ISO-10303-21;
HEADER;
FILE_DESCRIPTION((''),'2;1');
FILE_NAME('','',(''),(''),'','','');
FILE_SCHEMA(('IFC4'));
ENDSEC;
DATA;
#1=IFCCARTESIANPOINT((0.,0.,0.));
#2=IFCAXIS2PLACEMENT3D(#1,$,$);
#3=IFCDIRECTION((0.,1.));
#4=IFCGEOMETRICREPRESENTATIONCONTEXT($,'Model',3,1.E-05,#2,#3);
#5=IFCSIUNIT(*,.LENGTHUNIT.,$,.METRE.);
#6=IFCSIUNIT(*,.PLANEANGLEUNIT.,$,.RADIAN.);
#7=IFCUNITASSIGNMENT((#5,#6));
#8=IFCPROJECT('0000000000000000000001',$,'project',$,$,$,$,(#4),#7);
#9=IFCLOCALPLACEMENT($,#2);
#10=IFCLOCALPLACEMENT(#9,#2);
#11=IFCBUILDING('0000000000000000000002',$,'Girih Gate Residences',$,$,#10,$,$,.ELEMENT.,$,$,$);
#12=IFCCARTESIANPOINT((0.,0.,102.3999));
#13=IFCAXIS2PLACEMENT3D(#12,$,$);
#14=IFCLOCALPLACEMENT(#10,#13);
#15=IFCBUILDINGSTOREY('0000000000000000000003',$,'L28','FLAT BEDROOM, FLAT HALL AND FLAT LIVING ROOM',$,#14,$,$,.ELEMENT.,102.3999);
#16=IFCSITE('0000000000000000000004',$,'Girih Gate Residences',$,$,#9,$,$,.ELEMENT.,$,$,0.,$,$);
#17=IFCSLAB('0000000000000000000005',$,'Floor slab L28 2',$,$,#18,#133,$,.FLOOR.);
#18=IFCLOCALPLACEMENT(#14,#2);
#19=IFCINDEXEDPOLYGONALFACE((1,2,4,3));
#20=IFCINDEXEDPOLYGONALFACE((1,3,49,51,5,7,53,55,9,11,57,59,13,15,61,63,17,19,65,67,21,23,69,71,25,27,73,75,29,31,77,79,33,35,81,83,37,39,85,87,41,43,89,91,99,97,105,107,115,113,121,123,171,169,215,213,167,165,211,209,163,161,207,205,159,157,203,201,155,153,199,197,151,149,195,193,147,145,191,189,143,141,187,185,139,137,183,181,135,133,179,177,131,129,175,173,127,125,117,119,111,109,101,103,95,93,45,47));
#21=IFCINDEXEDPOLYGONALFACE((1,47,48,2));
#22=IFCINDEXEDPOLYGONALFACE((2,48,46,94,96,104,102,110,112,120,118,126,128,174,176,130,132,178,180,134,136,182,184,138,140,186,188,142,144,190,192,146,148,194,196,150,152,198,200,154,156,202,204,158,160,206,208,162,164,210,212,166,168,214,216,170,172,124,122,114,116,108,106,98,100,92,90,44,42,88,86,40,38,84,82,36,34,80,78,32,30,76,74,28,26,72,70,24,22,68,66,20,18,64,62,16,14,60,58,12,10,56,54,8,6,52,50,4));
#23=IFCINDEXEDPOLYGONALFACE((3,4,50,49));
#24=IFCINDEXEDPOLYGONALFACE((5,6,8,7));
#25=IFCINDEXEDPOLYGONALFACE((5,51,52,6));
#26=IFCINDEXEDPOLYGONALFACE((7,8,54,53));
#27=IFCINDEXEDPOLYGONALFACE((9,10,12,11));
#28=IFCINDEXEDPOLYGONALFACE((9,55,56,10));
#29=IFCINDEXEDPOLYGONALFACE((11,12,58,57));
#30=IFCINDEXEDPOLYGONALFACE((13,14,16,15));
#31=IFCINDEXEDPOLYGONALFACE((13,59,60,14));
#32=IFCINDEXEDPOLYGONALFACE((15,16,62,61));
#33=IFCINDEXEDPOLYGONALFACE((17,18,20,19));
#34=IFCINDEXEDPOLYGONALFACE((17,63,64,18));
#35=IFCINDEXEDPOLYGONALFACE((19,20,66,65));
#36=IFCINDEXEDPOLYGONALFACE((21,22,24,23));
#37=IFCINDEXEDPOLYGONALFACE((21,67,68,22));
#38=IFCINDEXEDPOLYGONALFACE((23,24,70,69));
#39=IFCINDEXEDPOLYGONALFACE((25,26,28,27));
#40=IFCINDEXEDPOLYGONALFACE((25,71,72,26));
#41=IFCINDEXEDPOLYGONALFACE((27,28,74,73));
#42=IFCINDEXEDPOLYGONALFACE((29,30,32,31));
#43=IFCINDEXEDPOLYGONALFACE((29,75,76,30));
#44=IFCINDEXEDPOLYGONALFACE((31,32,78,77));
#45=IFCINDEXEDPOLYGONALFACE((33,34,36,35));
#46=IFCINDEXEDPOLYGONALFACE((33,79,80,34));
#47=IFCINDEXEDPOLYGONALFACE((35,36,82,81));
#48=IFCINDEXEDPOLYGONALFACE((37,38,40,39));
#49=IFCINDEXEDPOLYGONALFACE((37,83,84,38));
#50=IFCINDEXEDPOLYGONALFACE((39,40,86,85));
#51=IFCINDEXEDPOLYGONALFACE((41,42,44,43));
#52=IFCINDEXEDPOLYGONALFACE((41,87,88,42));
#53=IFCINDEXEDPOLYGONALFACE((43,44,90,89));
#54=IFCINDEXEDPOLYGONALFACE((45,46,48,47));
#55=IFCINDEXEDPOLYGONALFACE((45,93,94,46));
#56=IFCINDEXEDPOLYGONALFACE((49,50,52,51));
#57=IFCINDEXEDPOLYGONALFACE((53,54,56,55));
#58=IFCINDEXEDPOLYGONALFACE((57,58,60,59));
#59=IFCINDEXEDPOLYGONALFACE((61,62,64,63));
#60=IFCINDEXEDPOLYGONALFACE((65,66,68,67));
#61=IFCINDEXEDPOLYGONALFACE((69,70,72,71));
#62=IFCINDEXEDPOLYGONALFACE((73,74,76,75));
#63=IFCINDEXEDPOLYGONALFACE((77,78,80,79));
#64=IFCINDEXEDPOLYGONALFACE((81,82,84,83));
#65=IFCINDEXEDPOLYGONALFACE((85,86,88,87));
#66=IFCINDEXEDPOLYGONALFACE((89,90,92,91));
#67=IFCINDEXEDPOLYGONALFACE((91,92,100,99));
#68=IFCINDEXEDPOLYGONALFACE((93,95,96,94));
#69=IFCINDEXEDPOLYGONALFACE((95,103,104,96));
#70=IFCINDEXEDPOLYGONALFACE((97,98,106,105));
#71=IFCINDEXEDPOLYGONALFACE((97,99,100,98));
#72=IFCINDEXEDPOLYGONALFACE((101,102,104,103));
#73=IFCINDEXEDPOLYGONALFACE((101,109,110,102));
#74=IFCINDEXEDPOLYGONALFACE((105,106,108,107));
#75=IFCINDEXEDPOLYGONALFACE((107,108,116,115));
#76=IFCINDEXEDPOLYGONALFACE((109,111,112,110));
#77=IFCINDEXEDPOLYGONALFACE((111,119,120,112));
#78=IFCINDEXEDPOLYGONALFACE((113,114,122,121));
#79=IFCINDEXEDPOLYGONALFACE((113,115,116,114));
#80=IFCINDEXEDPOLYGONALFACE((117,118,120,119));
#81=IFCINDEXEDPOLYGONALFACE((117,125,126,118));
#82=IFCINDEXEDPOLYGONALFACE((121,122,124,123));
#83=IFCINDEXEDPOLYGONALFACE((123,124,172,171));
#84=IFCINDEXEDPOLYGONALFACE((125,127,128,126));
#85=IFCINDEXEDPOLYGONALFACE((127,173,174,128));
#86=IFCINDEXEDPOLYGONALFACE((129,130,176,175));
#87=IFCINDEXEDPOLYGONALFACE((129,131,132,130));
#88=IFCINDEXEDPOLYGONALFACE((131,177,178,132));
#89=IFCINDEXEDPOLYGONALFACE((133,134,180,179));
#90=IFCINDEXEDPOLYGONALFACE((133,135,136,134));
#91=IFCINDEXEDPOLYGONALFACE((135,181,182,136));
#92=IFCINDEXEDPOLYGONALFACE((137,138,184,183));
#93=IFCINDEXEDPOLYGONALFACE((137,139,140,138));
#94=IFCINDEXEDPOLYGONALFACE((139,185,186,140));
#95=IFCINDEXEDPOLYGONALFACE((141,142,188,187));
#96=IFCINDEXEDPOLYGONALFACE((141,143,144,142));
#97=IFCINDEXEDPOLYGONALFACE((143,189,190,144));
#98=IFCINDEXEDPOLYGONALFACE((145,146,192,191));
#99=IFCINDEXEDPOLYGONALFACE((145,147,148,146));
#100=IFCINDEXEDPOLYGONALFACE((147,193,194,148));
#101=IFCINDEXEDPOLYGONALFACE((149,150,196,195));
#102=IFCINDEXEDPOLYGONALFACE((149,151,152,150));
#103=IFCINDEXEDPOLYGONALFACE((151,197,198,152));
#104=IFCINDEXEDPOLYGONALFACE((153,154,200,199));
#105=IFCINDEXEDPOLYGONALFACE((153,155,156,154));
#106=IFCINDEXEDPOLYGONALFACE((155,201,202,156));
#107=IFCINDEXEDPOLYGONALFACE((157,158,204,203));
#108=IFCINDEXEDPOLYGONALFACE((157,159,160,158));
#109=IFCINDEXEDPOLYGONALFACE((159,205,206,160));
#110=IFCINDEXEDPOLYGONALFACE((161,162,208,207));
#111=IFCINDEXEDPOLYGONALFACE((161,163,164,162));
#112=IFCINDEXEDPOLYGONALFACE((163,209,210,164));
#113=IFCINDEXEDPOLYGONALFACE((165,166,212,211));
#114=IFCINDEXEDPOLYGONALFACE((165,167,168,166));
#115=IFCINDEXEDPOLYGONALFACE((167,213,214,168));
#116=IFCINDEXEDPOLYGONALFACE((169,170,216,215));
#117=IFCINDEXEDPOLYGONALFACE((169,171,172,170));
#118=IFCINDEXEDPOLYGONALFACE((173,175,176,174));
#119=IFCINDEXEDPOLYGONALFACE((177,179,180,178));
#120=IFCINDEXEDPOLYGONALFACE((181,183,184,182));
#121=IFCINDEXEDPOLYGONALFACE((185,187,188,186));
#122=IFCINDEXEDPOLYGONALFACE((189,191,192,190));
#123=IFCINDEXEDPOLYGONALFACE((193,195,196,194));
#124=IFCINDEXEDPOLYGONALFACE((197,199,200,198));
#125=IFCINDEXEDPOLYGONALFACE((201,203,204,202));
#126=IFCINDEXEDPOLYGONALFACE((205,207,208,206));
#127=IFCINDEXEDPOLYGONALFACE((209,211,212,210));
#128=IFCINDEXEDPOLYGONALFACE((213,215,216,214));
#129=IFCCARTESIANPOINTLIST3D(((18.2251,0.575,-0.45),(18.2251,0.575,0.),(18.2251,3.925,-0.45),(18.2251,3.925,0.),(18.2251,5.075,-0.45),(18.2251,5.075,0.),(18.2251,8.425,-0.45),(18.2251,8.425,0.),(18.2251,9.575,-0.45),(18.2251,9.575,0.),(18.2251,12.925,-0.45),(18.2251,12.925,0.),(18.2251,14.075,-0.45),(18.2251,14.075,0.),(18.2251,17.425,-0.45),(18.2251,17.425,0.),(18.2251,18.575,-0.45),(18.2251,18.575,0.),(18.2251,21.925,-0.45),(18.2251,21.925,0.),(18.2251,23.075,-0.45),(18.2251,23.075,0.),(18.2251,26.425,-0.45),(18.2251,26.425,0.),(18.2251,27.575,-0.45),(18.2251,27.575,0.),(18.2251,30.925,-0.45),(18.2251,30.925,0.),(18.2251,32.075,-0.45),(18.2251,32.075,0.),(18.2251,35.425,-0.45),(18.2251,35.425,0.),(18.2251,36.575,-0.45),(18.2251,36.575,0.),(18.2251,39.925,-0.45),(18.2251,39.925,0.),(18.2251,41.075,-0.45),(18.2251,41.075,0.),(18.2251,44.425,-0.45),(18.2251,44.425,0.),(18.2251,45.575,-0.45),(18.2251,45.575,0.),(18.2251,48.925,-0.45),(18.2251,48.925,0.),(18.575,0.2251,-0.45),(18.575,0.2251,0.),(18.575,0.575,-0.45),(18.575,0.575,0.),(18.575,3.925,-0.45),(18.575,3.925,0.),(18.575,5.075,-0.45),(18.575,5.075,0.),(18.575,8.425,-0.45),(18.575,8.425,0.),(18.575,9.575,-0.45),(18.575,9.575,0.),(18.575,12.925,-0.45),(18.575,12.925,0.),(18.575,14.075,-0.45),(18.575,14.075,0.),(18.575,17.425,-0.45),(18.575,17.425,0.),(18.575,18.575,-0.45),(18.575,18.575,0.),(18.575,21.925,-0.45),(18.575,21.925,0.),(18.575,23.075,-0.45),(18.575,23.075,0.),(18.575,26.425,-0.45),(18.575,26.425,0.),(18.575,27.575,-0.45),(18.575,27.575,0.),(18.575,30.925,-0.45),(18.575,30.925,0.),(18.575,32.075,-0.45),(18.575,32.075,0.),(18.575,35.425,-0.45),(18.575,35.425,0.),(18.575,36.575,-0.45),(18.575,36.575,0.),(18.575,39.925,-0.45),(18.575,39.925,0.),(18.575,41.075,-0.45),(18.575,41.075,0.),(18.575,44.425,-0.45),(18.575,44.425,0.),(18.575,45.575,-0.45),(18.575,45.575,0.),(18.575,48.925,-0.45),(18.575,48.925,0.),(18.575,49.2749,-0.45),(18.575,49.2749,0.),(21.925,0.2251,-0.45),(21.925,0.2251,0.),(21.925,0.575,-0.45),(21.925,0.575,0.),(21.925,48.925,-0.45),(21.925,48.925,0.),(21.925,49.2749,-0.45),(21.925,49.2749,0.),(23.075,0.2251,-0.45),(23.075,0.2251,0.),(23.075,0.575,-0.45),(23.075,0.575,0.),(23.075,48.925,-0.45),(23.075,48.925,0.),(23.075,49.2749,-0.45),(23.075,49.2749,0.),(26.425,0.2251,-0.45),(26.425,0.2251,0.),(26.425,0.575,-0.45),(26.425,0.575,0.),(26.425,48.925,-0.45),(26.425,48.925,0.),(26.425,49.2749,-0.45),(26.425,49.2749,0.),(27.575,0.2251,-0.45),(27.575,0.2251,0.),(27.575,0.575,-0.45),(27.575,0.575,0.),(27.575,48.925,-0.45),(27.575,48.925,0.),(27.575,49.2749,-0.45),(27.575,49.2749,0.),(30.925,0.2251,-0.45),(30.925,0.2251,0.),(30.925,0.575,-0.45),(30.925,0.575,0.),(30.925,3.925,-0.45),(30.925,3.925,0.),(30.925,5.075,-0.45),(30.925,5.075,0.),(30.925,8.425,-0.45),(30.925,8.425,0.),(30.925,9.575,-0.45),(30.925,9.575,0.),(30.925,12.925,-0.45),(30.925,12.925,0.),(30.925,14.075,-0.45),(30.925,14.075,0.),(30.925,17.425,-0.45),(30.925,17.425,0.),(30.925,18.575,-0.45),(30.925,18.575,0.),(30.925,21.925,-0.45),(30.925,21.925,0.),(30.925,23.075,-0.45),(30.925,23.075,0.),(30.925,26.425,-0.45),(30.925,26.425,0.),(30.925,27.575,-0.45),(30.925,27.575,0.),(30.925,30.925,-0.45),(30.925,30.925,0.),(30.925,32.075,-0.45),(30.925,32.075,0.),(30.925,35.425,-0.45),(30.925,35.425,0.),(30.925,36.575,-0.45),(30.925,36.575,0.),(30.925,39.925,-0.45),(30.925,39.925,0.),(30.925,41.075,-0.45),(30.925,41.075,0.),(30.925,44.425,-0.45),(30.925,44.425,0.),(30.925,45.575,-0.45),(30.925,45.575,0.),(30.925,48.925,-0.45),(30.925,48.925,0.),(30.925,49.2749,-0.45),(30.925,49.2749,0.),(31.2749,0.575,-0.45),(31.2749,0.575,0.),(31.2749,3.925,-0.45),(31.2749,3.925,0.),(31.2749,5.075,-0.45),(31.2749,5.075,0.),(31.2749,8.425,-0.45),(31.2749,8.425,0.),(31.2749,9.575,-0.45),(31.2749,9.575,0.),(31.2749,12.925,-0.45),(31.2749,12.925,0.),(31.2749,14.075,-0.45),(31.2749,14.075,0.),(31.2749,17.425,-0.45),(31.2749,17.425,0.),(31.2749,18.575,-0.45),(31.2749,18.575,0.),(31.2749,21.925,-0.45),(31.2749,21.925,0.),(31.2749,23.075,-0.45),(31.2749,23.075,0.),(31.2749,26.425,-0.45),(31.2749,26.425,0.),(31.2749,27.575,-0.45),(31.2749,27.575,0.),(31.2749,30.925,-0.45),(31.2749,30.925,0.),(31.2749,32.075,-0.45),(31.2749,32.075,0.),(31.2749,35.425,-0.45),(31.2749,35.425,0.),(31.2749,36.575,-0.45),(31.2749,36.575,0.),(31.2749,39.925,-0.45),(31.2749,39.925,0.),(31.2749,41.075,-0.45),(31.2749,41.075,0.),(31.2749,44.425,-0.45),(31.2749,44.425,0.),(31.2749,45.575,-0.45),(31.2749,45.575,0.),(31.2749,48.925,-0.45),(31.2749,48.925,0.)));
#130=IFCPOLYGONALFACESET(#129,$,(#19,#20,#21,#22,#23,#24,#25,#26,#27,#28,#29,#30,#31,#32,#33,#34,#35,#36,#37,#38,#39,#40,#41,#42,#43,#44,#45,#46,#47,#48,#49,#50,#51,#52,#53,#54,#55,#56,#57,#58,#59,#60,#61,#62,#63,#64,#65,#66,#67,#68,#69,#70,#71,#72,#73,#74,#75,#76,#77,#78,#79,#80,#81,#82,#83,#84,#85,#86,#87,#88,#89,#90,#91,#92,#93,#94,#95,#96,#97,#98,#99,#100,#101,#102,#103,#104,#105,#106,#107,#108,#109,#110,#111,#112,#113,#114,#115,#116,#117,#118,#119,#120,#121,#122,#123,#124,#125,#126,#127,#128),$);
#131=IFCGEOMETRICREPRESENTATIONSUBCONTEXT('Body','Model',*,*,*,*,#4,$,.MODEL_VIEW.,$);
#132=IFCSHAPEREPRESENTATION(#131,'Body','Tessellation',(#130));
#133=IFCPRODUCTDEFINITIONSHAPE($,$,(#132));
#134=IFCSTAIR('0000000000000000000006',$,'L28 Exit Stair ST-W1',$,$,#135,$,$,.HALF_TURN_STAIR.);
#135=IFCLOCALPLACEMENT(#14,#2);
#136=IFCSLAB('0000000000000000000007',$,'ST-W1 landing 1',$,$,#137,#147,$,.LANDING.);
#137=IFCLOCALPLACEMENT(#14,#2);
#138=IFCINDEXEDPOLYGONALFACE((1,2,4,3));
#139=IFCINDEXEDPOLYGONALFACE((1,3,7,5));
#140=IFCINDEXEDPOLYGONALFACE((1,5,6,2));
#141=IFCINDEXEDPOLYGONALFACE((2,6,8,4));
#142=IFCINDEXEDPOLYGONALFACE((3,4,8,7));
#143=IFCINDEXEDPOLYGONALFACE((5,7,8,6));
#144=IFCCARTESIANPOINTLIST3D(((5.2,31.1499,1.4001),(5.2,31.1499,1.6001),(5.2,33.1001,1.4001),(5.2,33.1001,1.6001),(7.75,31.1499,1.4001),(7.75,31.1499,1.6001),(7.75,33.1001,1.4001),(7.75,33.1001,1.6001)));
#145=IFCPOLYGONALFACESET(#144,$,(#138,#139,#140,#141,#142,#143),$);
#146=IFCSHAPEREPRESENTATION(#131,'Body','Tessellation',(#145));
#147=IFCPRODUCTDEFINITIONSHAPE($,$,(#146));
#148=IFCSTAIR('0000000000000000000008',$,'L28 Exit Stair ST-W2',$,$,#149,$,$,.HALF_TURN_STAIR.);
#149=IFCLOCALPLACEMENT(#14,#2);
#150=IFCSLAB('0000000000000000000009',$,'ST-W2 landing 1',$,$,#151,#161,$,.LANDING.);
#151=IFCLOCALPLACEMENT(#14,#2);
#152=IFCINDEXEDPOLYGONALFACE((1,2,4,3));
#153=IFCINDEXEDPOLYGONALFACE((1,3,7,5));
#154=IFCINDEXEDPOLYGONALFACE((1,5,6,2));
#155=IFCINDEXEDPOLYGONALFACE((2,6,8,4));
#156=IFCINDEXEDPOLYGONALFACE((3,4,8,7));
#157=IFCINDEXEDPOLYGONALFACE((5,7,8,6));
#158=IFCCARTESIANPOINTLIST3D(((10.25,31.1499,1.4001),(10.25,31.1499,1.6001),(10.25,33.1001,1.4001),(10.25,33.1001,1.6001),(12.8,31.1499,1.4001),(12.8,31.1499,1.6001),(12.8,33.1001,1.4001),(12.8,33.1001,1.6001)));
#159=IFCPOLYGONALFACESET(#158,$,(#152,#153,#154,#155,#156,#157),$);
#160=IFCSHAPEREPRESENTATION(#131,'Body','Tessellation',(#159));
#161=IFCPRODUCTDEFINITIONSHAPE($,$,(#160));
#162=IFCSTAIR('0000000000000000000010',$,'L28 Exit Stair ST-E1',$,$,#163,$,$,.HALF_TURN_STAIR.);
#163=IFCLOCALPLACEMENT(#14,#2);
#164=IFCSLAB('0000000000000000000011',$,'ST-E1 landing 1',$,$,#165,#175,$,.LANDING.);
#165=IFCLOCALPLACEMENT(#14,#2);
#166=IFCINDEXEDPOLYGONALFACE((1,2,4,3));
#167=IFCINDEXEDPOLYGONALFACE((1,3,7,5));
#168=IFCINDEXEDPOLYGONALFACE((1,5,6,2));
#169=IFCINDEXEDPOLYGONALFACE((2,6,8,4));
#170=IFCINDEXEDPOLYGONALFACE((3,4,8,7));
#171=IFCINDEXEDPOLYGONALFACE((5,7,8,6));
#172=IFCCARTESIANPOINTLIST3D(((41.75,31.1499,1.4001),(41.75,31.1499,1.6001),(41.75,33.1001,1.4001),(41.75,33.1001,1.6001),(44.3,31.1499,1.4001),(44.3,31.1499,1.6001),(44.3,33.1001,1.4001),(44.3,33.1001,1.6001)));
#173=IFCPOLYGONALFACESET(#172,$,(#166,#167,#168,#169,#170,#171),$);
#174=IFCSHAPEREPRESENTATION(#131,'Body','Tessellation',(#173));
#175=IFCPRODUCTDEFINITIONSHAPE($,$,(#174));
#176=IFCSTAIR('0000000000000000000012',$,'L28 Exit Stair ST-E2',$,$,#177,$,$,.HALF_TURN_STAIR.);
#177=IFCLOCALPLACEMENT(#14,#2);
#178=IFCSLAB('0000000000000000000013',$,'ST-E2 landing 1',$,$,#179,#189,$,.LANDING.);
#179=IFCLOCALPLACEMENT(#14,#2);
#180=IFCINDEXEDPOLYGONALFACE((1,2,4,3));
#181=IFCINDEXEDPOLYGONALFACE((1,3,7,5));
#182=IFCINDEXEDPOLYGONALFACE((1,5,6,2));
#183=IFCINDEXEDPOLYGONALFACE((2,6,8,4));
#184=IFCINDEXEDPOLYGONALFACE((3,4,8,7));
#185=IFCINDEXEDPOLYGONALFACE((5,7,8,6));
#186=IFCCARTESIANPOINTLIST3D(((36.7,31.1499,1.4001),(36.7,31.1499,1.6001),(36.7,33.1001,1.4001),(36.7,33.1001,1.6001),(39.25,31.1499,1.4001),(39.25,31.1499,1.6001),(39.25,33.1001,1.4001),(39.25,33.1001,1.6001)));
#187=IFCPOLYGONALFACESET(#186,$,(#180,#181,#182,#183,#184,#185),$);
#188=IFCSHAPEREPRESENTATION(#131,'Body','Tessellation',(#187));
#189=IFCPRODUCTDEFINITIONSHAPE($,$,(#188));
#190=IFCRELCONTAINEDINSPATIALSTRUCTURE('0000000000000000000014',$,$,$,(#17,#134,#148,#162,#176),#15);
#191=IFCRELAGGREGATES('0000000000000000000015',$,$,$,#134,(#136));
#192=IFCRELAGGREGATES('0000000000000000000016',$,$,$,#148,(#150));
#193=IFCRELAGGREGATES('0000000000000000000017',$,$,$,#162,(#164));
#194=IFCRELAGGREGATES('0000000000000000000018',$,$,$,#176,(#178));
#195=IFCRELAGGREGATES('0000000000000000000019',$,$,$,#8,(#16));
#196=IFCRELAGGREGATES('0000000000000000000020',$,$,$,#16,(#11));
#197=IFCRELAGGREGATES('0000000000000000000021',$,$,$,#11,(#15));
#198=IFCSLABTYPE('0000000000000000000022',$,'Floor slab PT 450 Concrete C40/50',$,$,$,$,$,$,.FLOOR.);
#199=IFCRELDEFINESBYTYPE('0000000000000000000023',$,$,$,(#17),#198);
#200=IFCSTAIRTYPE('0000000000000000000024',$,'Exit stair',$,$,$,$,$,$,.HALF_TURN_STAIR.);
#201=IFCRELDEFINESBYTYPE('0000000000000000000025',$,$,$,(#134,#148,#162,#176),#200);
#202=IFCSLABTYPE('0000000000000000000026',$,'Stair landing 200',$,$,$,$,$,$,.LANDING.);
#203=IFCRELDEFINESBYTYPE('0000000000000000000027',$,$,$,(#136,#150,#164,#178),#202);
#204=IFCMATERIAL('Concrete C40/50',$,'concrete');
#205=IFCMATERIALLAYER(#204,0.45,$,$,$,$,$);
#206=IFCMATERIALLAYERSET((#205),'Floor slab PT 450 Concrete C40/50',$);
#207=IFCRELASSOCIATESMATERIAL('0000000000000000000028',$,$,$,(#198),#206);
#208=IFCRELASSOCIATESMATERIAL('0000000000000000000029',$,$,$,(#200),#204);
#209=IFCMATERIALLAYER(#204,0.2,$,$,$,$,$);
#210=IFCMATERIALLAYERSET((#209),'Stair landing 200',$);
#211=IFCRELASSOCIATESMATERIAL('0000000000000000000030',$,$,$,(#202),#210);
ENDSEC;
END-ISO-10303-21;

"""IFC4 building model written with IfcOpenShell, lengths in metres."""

from ifc_helpers import new_model, si_unit, direction, frame, origin, place, context, subcontext, project, spatial, polyline, outline, extrude, material, layer, layer_set, type_object, element, aggregate, save


model = new_model("IFC4")

# Units and contexts
model_context = context("Model", 3, precision=1e-05, world=origin(), true_north=direction((0.0, 1.0)))
body_context = subcontext(model_context, "Body", "Model", "MODEL_VIEW")
ifc_project = project(units=[si_unit("LENGTHUNIT", "METRE"), si_unit("PLANEANGLEUNIT", "RADIAN")], contexts=[model_context])

# Site, building, storey
site_placement = place(None, origin())
site = spatial("IfcSite", under=ifc_project, at=site_placement, Name="Girih Gate Residences", CompositionType="ELEMENT", RefElevation=0.0)
building_placement = place(site_placement, origin())
building = spatial("IfcBuilding", under=site, at=building_placement, Name="Girih Gate Residences", CompositionType="ELEMENT")
storey_placement = place(building_placement, frame((0.0, 0.0, 102.3999)))
storey = spatial("IfcBuildingStorey", under=building, at=storey_placement, Name="L28", Description="FLAT BEDROOM, FLAT HALL AND FLAT LIVING ROOM", CompositionType="ELEMENT", Elevation=102.3999)

# Slab
ifc_material_1 = material(Name="Concrete C40/50", Category="concrete")
ifc_layer_1 = layer(ifc_material_1, 0.45)
ifc_layer_set_1 = layer_set([ifc_layer_1], Name="Floor slab PT 450 Concrete C40/50")
slab_type_1 = type_object("IfcSlabType", Name="Floor slab PT 450 Concrete C40/50", PredefinedType="FLOOR", material=ifc_layer_set_1)
slab_1_placement = place(storey_placement, frame((0.0, 0.0, -0.45)))
element("IfcSlab", 1, at=slab_1_placement, inside=storey, type_object=slab_type_1, Name="Floor slab L28 2", PredefinedType="FLOOR", context=body_context, shape_type="SweptSolid", body=[
    extrude(outline(polyline([(21.925, 49.2749), (18.575, 49.2749), (18.575, 48.925), (18.2251, 48.925), (18.2251, 45.575), (18.575, 45.575), (18.575, 44.425), (18.2251, 44.425), (18.2251, 41.075), (18.575, 41.075), (18.575, 39.925), (18.2251, 39.925), (18.2251, 36.575), (18.575, 36.575), (18.575, 35.425), (18.2251, 35.425), (18.2251, 32.075), (18.575, 32.075), (18.575, 30.925), (18.2251, 30.925), (18.2251, 27.575), (18.575, 27.575), (18.575, 26.425), (18.2251, 26.425), (18.2251, 23.075), (18.575, 23.075), (18.575, 21.925), (18.2251, 21.925), (18.2251, 18.575), (18.575, 18.575), (18.575, 17.425), (18.2251, 17.425), (18.2251, 14.075), (18.575, 14.075), (18.575, 12.925), (18.2251, 12.925), (18.2251, 9.575), (18.575, 9.575), (18.575, 8.425), (18.2251, 8.425), (18.2251, 5.075), (18.575, 5.075), (18.575, 3.925), (18.2251, 3.925), (18.2251, 0.575), (18.575, 0.575), (18.575, 0.2251), (21.925, 0.2251), (21.925, 0.575), (23.075, 0.575), (23.075, 0.2251), (26.425, 0.2251), (26.425, 0.575), (27.575, 0.575), (27.575, 0.2251), (30.925, 0.2251), (30.925, 0.575), (31.2749, 0.575), (31.2749, 3.925), (30.925, 3.925), (30.925, 5.075), (31.2749, 5.075), (31.2749, 8.425), (30.925, 8.425), (30.925, 9.575), (31.2749, 9.575), (31.2749, 12.925), (30.925, 12.925), (30.925, 14.075), (31.2749, 14.075), (31.2749, 17.425), (30.925, 17.425), (30.925, 18.575), (31.2749, 18.575), (31.2749, 21.925), (30.925, 21.925), (30.925, 23.075), (31.2749, 23.075), (31.2749, 26.425), (30.925, 26.425), (30.925, 27.575), (31.2749, 27.575), (31.2749, 30.925), (30.925, 30.925), (30.925, 32.075), (31.2749, 32.075), (31.2749, 35.425), (30.925, 35.425), (30.925, 36.575), (31.2749, 36.575), (31.2749, 39.925), (30.925, 39.925), (30.925, 41.075), (31.2749, 41.075), (31.2749, 44.425), (30.925, 44.425), (30.925, 45.575), (31.2749, 45.575), (31.2749, 48.925), (30.925, 48.925), (30.925, 49.2749), (27.575, 49.2749), (27.575, 48.925), (26.425, 48.925), (26.425, 49.2749), (23.075, 49.2749), (23.075, 48.925), (21.925, 48.925), (21.925, 49.2749)])), origin(), (0.0, 0.0, 1.0), 0.45),
])

# Stairs, slabs
stair_type = type_object("IfcStairType", Name="Exit stair", PredefinedType="HALF_TURN_STAIR", material=ifc_material_1)
stair_1_placement = place(storey_placement, origin())
stair_1 = element("IfcStair", 2, at=stair_1_placement, inside=storey, type_object=stair_type, Name="L28 Exit Stair ST-W1", PredefinedType="HALF_TURN_STAIR")
ifc_layer_2 = layer(ifc_material_1, 0.2)
ifc_layer_set_2 = layer_set([ifc_layer_2], Name="Stair landing 200")
slab_type_2 = type_object("IfcSlabType", Name="Stair landing 200", PredefinedType="LANDING", material=ifc_layer_set_2)
slab_2_placement = place(storey_placement, frame((0.0, 0.0, 1.4001)))
slab_2 = element("IfcSlab", 3, at=slab_2_placement, type_object=slab_type_2, Name="ST-W1 landing 1", PredefinedType="LANDING", context=body_context, shape_type="SweptSolid", body=[
    extrude(outline(polyline([(7.75, 31.1499), (7.75, 33.1001), (5.2, 33.1001), (5.2, 31.1499), (7.75, 31.1499)])), origin(), (0.0, 0.0, 1.0), 0.2),
])
aggregate(stair_1, [slab_2])
stair_2_placement = place(storey_placement, origin())
stair_2 = element("IfcStair", 4, at=stair_2_placement, inside=storey, type_object=stair_type, Name="L28 Exit Stair ST-W2", PredefinedType="HALF_TURN_STAIR")
slab_3_placement = place(storey_placement, frame((0.0, 0.0, 1.4001)))
slab_3 = element("IfcSlab", 5, at=slab_3_placement, type_object=slab_type_2, Name="ST-W2 landing 1", PredefinedType="LANDING", context=body_context, shape_type="SweptSolid", body=[
    extrude(outline(polyline([(12.8, 31.1499), (12.8, 33.1001), (10.25, 33.1001), (10.25, 31.1499), (12.8, 31.1499)])), origin(), (0.0, 0.0, 1.0), 0.2),
])
aggregate(stair_2, [slab_3])
stair_3_placement = place(storey_placement, origin())
stair_3 = element("IfcStair", 6, at=stair_3_placement, inside=storey, type_object=stair_type, Name="L28 Exit Stair ST-E1", PredefinedType="HALF_TURN_STAIR")
slab_4_placement = place(storey_placement, frame((0.0, 0.0, 1.4001)))
slab_4 = element("IfcSlab", 7, at=slab_4_placement, type_object=slab_type_2, Name="ST-E1 landing 1", PredefinedType="LANDING", context=body_context, shape_type="SweptSolid", body=[
    extrude(outline(polyline([(44.3, 31.1499), (44.3, 33.1001), (41.75, 33.1001), (41.75, 31.1499), (44.3, 31.1499)])), origin(), (0.0, 0.0, 1.0), 0.2),
])
aggregate(stair_3, [slab_4])
stair_4_placement = place(storey_placement, origin())
stair_4 = element("IfcStair", 8, at=stair_4_placement, inside=storey, type_object=stair_type, Name="L28 Exit Stair ST-E2", PredefinedType="HALF_TURN_STAIR")
slab_5_placement = place(storey_placement, frame((0.0, 0.0, 1.4001)))
slab_5 = element("IfcSlab", 9, at=slab_5_placement, type_object=slab_type_2, Name="ST-E2 landing 1", PredefinedType="LANDING", context=body_context, shape_type="SweptSolid", body=[
    extrude(outline(polyline([(39.25, 31.1499), (39.25, 33.1001), (36.7, 33.1001), (36.7, 31.1499), (39.25, 31.1499)])), origin(), (0.0, 0.0, 1.0), 0.2),
])
aggregate(stair_4, [slab_5])

save(model, "model.ifc")
